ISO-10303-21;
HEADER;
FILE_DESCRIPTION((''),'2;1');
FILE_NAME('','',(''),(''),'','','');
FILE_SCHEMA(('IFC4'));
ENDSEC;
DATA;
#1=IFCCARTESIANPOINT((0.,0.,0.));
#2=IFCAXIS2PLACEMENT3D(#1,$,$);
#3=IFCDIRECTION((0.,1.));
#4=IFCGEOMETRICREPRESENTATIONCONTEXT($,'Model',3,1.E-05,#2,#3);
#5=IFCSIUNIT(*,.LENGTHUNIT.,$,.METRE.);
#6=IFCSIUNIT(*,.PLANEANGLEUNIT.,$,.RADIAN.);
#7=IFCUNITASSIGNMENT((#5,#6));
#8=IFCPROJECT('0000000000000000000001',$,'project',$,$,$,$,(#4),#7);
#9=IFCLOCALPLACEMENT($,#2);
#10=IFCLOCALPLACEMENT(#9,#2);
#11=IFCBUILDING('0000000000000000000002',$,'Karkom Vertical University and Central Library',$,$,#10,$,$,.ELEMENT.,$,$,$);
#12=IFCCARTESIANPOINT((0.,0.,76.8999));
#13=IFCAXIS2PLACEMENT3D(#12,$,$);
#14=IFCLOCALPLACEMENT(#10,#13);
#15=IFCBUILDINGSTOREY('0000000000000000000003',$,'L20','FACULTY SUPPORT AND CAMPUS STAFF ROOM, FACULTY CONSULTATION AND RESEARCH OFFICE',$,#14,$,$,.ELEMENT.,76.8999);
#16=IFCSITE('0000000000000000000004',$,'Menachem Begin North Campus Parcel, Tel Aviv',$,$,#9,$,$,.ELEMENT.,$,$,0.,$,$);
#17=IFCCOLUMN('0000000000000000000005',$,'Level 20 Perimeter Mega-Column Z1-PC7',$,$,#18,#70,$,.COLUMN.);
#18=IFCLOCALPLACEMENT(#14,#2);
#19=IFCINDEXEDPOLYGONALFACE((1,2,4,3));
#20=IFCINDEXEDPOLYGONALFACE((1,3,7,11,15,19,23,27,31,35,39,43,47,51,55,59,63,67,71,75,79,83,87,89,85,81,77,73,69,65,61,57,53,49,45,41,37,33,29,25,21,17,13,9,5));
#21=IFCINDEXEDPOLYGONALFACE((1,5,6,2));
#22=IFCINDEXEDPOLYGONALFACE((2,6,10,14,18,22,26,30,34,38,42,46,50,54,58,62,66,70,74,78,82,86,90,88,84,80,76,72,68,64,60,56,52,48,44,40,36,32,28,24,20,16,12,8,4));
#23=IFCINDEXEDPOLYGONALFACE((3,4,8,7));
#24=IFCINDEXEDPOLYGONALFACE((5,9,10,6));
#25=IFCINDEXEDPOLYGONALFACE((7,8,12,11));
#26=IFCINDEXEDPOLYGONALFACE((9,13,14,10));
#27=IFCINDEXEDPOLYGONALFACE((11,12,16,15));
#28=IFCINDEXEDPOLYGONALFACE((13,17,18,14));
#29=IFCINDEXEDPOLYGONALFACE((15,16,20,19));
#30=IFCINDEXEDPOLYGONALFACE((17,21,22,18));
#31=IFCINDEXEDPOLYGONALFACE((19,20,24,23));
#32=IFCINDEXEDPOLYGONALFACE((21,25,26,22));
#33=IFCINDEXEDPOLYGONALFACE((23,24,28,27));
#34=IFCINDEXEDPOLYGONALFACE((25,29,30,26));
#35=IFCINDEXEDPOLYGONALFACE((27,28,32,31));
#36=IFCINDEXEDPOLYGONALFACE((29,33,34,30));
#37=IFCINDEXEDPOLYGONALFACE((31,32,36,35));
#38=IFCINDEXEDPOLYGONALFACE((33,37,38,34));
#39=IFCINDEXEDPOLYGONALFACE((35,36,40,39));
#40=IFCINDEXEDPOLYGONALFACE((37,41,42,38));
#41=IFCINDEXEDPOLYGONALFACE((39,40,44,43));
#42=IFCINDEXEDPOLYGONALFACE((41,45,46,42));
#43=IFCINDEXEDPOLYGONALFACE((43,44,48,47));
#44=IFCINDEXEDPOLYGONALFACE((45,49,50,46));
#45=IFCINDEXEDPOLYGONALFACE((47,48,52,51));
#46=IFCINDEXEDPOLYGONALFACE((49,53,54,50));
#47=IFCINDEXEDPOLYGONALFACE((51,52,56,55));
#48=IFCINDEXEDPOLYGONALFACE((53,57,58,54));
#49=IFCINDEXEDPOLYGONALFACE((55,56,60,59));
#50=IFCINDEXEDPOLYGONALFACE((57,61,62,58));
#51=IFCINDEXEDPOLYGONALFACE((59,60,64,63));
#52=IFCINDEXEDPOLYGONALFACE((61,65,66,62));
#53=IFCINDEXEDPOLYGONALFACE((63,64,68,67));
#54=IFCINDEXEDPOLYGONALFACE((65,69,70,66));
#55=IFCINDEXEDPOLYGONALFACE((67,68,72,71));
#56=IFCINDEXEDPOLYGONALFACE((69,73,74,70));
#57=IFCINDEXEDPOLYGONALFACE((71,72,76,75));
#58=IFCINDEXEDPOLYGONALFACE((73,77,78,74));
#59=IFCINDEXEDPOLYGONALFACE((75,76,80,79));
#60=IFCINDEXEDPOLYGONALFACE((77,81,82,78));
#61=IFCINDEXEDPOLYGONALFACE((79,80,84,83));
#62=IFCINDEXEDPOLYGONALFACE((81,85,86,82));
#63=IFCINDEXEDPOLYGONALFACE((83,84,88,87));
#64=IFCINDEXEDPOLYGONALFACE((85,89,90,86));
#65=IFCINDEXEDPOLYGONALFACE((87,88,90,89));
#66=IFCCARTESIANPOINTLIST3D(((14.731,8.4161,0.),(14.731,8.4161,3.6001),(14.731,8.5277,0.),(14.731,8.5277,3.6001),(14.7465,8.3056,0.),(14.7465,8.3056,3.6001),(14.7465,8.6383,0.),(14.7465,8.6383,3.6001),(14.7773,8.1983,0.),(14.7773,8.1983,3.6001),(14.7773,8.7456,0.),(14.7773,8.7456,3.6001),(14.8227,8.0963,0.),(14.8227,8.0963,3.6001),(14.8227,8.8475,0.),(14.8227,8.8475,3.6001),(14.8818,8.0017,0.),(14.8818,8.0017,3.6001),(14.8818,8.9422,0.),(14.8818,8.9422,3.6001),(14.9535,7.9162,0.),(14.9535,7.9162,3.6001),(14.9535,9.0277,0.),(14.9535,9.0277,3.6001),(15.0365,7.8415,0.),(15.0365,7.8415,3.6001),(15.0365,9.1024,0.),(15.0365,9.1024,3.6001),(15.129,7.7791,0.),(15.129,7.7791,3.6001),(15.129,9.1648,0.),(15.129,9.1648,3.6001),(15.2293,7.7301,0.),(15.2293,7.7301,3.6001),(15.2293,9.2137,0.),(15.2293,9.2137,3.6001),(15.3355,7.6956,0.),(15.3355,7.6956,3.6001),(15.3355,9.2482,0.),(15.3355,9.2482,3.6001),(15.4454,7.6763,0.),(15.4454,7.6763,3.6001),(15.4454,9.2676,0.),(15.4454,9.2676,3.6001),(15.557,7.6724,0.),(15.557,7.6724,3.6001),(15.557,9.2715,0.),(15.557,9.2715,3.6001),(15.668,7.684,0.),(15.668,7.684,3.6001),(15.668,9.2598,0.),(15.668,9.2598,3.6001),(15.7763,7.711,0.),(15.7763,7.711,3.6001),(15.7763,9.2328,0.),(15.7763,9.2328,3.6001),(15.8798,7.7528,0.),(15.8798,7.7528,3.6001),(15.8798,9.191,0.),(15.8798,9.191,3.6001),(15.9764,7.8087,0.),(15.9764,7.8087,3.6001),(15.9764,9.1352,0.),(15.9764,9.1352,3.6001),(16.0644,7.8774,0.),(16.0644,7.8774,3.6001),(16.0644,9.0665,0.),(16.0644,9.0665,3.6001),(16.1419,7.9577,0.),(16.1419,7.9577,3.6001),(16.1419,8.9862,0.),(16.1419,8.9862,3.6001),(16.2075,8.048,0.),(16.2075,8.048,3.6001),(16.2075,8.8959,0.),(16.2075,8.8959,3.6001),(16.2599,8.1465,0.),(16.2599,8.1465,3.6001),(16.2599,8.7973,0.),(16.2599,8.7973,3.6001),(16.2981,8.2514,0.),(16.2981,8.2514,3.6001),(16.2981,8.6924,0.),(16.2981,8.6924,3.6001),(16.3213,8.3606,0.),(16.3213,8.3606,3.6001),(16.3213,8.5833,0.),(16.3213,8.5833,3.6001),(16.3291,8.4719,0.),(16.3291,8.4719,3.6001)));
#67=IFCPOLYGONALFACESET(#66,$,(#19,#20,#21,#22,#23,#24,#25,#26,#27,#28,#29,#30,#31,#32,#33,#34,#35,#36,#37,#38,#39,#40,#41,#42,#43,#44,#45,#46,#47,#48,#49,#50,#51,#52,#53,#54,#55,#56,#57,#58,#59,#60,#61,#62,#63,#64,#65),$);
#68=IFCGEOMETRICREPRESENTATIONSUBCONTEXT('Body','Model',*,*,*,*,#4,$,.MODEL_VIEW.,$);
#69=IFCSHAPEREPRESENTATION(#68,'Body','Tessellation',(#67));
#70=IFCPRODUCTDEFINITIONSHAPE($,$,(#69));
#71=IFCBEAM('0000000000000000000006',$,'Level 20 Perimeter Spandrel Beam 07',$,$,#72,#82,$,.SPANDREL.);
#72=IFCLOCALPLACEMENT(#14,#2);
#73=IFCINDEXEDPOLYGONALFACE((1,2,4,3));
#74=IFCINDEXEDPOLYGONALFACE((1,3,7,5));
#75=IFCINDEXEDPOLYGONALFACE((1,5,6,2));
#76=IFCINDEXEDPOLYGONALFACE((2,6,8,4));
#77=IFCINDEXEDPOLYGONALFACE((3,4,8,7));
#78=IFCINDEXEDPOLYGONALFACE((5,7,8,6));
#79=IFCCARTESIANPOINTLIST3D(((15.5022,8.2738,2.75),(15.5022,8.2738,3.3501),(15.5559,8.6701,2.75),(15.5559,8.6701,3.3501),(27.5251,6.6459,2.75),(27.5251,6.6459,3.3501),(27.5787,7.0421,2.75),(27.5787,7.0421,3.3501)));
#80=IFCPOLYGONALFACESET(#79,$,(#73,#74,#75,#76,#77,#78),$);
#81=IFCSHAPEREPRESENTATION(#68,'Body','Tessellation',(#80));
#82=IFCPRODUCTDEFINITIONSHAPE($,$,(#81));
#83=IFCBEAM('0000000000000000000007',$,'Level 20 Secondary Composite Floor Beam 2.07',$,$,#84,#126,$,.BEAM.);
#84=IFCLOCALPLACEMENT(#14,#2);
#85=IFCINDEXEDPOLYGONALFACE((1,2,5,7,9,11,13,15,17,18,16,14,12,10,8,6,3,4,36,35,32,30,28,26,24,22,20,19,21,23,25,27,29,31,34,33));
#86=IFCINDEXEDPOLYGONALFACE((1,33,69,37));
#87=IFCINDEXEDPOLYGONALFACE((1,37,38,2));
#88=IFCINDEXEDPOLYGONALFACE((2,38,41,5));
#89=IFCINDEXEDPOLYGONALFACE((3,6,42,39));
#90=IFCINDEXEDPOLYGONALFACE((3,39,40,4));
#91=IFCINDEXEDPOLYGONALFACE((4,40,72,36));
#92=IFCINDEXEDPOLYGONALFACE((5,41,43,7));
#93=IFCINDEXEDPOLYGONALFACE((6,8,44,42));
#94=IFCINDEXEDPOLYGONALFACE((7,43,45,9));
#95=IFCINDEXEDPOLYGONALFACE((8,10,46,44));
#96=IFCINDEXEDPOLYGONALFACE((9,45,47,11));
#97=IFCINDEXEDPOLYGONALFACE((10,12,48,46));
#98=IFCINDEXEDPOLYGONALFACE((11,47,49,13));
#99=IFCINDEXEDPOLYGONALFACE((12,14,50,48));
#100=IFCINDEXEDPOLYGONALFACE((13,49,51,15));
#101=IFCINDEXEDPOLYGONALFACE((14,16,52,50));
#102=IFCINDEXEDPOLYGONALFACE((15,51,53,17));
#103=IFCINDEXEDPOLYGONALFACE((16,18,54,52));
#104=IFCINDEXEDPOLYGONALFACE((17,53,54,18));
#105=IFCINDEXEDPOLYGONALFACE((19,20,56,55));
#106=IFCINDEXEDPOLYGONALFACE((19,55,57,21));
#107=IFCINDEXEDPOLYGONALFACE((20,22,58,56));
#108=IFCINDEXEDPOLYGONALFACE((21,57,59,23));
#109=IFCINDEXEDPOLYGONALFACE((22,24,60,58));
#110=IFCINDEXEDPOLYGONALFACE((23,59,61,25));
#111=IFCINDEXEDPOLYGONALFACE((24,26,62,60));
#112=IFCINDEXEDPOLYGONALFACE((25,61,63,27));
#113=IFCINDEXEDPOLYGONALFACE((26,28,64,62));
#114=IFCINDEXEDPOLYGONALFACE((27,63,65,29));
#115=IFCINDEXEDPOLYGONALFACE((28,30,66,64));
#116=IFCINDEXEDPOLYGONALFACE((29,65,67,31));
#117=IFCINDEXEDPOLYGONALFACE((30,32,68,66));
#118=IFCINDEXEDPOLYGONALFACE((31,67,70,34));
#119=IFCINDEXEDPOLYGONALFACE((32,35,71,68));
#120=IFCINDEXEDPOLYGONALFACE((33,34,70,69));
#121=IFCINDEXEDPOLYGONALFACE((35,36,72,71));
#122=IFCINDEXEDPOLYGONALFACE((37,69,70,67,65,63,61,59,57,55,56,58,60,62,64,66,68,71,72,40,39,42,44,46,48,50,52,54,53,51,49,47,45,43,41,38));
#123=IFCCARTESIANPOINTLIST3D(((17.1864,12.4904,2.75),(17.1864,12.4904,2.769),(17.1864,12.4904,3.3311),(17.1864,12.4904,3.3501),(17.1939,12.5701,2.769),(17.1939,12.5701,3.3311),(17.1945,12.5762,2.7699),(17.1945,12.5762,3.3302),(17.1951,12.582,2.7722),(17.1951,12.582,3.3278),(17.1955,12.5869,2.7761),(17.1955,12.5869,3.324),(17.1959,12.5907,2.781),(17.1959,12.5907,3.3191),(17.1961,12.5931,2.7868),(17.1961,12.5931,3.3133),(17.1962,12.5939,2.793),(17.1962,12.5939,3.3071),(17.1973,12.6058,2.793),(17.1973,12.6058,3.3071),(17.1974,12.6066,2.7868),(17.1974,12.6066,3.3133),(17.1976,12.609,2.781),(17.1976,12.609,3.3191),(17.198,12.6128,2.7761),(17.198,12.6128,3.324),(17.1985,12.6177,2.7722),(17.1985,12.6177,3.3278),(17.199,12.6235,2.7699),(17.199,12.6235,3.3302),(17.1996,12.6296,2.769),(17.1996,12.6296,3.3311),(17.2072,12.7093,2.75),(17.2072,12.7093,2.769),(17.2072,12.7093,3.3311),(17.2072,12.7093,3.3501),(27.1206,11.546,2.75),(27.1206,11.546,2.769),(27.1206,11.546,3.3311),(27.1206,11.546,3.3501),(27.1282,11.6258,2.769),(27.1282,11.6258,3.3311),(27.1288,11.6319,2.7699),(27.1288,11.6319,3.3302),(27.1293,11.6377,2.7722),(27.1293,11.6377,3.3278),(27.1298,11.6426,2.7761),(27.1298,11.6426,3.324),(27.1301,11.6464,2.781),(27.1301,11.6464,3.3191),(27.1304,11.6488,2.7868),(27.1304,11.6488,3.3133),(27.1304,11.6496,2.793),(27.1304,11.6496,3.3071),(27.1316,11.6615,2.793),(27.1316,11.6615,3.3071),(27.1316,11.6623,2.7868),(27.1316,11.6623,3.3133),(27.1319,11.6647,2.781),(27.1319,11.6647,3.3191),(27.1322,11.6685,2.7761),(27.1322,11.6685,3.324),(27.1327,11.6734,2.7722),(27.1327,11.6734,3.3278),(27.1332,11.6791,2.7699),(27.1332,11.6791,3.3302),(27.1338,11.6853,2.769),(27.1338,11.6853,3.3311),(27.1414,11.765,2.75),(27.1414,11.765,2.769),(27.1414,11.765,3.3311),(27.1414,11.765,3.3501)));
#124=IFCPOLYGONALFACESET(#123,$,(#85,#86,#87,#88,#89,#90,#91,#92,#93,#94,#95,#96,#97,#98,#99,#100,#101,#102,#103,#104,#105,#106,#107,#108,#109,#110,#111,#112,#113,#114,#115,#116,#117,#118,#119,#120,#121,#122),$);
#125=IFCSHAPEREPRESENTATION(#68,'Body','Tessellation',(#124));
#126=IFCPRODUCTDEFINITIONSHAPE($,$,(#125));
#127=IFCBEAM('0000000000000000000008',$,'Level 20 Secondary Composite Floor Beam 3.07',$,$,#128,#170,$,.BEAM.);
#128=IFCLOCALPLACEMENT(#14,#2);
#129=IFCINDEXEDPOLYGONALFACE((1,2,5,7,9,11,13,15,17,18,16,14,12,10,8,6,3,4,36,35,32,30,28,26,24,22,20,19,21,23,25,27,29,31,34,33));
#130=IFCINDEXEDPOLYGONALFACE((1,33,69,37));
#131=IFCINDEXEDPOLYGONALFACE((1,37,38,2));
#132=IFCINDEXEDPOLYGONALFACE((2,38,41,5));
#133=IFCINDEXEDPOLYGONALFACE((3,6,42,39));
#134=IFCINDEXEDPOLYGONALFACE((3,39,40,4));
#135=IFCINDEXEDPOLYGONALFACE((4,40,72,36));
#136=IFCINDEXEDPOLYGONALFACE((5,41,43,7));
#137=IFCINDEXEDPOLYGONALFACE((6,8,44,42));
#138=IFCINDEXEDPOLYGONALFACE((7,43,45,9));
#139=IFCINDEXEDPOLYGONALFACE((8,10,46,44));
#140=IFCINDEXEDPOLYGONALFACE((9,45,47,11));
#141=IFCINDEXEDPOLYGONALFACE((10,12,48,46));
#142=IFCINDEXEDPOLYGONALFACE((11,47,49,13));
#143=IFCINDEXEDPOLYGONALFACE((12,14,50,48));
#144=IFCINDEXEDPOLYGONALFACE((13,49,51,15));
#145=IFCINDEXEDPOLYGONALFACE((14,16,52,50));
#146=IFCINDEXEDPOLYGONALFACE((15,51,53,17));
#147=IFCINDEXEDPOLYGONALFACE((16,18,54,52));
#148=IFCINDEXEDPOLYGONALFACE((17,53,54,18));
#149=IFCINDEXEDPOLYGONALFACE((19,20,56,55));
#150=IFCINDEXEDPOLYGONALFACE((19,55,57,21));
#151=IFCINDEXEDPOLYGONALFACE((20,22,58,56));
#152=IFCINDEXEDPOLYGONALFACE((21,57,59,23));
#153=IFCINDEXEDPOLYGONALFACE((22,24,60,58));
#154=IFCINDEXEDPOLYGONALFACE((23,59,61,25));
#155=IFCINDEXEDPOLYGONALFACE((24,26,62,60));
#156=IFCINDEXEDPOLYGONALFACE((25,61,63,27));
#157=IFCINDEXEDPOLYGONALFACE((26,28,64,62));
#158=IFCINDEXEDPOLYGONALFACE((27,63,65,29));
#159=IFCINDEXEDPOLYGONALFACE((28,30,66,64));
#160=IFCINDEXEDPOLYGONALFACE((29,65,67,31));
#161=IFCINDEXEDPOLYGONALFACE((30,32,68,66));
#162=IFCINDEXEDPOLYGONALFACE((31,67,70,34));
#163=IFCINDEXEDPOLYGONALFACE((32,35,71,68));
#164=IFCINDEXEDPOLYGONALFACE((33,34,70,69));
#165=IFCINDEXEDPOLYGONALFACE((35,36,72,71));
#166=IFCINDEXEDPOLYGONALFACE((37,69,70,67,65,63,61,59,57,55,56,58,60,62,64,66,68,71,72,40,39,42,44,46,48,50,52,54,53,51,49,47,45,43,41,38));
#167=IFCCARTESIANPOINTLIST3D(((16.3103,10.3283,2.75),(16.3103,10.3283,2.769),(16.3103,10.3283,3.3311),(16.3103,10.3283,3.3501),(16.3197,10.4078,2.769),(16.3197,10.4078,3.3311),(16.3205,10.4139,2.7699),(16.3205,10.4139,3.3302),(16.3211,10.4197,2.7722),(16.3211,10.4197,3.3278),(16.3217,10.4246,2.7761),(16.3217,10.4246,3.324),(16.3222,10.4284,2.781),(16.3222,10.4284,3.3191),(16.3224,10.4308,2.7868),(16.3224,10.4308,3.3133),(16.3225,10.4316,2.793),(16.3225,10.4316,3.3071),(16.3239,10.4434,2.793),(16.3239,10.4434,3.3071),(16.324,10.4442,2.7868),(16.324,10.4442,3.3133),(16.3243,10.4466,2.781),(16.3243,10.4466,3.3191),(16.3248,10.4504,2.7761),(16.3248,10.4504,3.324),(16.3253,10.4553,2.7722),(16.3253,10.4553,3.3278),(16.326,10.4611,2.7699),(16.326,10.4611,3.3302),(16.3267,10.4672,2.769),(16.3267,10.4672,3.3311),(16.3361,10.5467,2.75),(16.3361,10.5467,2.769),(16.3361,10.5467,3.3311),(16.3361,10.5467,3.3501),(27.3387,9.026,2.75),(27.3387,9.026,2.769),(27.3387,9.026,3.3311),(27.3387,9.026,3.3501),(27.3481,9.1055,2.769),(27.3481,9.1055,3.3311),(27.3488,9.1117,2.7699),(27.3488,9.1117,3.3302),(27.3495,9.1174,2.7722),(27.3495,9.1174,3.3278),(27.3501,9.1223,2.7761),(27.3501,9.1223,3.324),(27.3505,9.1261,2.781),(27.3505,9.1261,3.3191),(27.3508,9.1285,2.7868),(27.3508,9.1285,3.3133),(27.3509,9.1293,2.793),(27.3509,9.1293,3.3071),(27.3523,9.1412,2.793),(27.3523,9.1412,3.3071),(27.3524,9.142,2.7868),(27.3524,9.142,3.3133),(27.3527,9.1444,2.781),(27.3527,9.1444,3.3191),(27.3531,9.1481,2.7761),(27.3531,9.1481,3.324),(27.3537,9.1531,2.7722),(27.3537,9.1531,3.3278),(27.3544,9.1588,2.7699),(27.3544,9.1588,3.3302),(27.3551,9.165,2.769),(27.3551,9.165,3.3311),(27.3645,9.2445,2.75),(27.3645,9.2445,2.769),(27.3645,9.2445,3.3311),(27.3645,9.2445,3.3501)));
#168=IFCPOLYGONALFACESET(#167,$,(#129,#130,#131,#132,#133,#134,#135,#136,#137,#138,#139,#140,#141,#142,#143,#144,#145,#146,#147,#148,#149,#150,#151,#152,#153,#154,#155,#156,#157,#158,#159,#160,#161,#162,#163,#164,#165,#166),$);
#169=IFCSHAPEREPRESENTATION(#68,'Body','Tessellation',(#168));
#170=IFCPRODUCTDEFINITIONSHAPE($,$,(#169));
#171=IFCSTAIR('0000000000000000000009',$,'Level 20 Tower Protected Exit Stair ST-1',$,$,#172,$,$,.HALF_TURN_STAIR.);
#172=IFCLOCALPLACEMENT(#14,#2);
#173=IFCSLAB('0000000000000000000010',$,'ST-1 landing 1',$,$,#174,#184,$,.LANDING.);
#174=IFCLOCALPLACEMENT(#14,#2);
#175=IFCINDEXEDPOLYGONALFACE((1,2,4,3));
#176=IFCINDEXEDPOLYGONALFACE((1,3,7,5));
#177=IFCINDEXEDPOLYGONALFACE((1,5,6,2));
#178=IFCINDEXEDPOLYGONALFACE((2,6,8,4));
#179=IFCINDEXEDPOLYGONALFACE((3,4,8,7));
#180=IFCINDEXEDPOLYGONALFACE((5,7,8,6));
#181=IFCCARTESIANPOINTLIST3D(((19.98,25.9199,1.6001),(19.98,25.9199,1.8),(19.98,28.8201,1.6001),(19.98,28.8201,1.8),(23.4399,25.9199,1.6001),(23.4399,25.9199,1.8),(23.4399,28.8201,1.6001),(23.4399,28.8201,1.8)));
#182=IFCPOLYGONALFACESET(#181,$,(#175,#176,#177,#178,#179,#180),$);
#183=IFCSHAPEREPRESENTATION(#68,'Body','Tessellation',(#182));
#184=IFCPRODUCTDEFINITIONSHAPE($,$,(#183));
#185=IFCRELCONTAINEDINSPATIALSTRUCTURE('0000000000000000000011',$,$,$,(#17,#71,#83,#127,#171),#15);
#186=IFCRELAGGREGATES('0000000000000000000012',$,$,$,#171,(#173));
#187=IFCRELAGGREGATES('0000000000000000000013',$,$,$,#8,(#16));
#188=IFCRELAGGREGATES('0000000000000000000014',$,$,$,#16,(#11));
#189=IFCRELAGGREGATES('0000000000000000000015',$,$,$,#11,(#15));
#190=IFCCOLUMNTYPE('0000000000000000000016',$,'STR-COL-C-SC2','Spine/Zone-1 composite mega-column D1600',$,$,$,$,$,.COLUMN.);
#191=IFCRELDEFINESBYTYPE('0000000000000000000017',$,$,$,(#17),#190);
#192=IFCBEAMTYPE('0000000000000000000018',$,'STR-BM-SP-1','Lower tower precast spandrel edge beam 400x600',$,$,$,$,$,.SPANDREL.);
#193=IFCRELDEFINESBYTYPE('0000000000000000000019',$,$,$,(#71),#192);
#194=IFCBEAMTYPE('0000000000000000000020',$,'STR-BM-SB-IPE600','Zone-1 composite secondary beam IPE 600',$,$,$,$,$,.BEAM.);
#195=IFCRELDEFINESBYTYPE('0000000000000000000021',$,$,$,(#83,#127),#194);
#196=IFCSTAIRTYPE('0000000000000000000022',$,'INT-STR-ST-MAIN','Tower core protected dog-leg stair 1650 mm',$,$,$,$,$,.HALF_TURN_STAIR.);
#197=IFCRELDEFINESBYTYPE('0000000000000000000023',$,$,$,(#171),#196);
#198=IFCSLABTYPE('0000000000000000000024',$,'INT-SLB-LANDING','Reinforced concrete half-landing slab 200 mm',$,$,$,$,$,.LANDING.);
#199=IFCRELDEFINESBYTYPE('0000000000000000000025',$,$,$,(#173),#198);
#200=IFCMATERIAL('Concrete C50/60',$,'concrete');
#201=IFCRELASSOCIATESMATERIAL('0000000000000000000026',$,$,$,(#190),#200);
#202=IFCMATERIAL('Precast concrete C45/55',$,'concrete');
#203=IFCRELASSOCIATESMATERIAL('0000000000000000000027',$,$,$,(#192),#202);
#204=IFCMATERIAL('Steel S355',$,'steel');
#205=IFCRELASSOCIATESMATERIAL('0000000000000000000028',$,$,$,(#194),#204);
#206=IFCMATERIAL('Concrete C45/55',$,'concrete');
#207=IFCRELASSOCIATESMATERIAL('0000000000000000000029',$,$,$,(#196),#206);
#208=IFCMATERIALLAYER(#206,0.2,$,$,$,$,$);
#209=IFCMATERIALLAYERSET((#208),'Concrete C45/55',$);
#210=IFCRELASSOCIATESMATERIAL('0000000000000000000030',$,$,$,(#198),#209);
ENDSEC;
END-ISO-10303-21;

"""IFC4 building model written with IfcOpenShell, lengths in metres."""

from ifc_helpers import new_model, si_unit, direction, frame, origin, origin_with_axes, origin_2d, place, context, subcontext, project, spatial, polyline, rectangle, circle, i_section, outline, extrude, source, transform, mapped, material, layer, layer_set, material_profile, profile_set, type_object, element, aggregate, save


model = new_model("IFC4")

# Units and contexts
model_context = context("Model", 3, precision=1e-05, world=origin(), true_north=direction((0.0, 1.0)))
body_context = subcontext(model_context, "Body", "Model", "MODEL_VIEW")
ifc_project = project(units=[si_unit("LENGTHUNIT", "METRE"), si_unit("PLANEANGLEUNIT", "RADIAN")], contexts=[model_context])

# Site, building, storey
site_placement = place(None, origin())
site = spatial("IfcSite", under=ifc_project, at=site_placement, Name="Menachem Begin North Campus Parcel, Tel Aviv", CompositionType="ELEMENT", RefElevation=0.0)
building_placement = place(site_placement, origin())
building = spatial("IfcBuilding", under=site, at=building_placement, Name="Karkom Vertical University and Central Library", CompositionType="ELEMENT")
storey_placement = place(building_placement, frame((0.0, 0.0, 76.8999)))
storey = spatial("IfcBuildingStorey", under=building, at=storey_placement, Name="L20", Description="FACULTY SUPPORT AND CAMPUS STAFF ROOM, FACULTY CONSULTATION AND RESEARCH OFFICE", CompositionType="ELEMENT", Elevation=76.8999)

# Column
ifc_material_1 = material(Name="Concrete C50/60", Category="concrete")
ifc_material_profile_1 = material_profile(ifc_material_1, circle(Radius=0.8, at=origin_2d()), Name="CFT-D1600")
ifc_profile_set_1 = profile_set([ifc_material_profile_1], Name="Concrete C50/60")
column_type = type_object("IfcColumnType", Name="STR-COL-C-SC2", Description="Spine/Zone-1 composite mega-column D1600", PredefinedType="COLUMN", material=ifc_profile_set_1)
shared_shape_1 = source(origin_with_axes(), body_context, "Body", "SweptSolid", [
    extrude(circle(Radius=0.8, at=origin_2d()), origin(), (0.0, 0.0, 1.0), 3.6001),
])
column_placement = place(storey_placement, frame((15.5291, 8.4719, 0.0), z_axis=(0.0, 0.0, 1.0), x_axis=(1.0, 0.0, 0.0)))
element("IfcColumn", 1, at=column_placement, inside=storey, type_object=column_type, Name="Level 20 Perimeter Mega-Column Z1-PC7", PredefinedType="COLUMN", context=body_context, shape_type="MappedRepresentation", body=[
    mapped(shared_shape_1, transform((0.0, 0.0, 0.0), scale=1.0)),
])

# Beams
ifc_material_2 = material(Name="Precast concrete C45/55", Category="concrete")
ifc_material_profile_2 = material_profile(ifc_material_2, rectangle(XDim=0.3999, YDim=0.6001, at=origin_2d()), Name="SPB-400x600")
ifc_profile_set_2 = profile_set([ifc_material_profile_2], Name="Precast concrete C45/55")
beam_type_1 = type_object("IfcBeamType", Name="STR-BM-SP-1", Description="Lower tower precast spandrel edge beam 400x600", PredefinedType="SPANDREL", material=ifc_profile_set_2)
shared_shape_2 = source(origin_with_axes(), body_context, "Body", "SweptSolid", [
    extrude(rectangle(XDim=0.3999, YDim=0.6001, at=origin_2d()), origin(), (0.0, 0.0, 1.0), 12.1326),
])
beam_1_placement = place(storey_placement, frame((15.5291, 8.4719, 3.05), z_axis=(0.990957, -0.134177, 0.0), x_axis=(0.134177, 0.990957, 0.0)))
element("IfcBeam", 2, at=beam_1_placement, inside=storey, type_object=beam_type_1, Name="Level 20 Perimeter Spandrel Beam 07", PredefinedType="SPANDREL", context=body_context, shape_type="MappedRepresentation", body=[
    mapped(shared_shape_2, transform((0.0, 0.0, 0.0), scale=1.0)),
])
ifc_material_3 = material(Name="Steel S355", Category="steel")
ifc_material_profile_3 = material_profile(ifc_material_3, i_section(OverallWidth=0.22, OverallDepth=0.6001, WebThickness=0.012, FlangeThickness=0.019, FilletRadius=0.0239, at=origin_2d()), Name="IPE 600")
ifc_profile_set_3 = profile_set([ifc_material_profile_3], Name="Steel S355")
beam_type_2 = type_object("IfcBeamType", Name="STR-BM-SB-IPE600", Description="Zone-1 composite secondary beam IPE 600", PredefinedType="BEAM", material=ifc_profile_set_3)
shared_shape_3 = source(origin_with_axes(), body_context, "Body", "SweptSolid", [
    extrude(i_section(OverallWidth=0.22, OverallDepth=0.6001, WebThickness=0.012, FlangeThickness=0.019, FilletRadius=0.0239, at=origin_2d()), origin(), (0.0, 0.0, 1.0), 9.979),
])
beam_2_placement = place(storey_placement, frame((17.1968, 12.5999, 3.05), z_axis=(0.995512, -0.094631, 0.0), x_axis=(0.094631, 0.995512, 0.0)))
element("IfcBeam", 3, at=beam_2_placement, inside=storey, type_object=beam_type_2, Name="Level 20 Secondary Composite Floor Beam 2.07", PredefinedType="BEAM", context=body_context, shape_type="MappedRepresentation", body=[
    mapped(shared_shape_3, transform((0.0, 0.0, 0.0), scale=1.0)),
])
shared_shape_4 = source(origin_with_axes(), body_context, "Body", "SweptSolid", [
    extrude(i_section(OverallWidth=0.22, OverallDepth=0.6001, WebThickness=0.012, FlangeThickness=0.019, FilletRadius=0.0239, at=origin_2d()), origin(), (0.0, 0.0, 1.0), 11.105),
])
beam_3_placement = place(storey_placement, frame((16.3232, 10.4375, 3.05), z_axis=(0.9931, -0.117267, 0.0), x_axis=(0.117267, 0.9931, 0.0)))
element("IfcBeam", 4, at=beam_3_placement, inside=storey, type_object=beam_type_2, Name="Level 20 Secondary Composite Floor Beam 3.07", PredefinedType="BEAM", context=body_context, shape_type="MappedRepresentation", body=[
    mapped(shared_shape_4, transform((0.0, 0.0, 0.0), scale=1.0)),
])

# Stair, slab
ifc_material_4 = material(Name="Concrete C45/55", Category="concrete")
stair_type_1 = type_object("IfcStairType", Name="INT-STR-ST-MAIN", Description="Tower core protected dog-leg stair 1650 mm", PredefinedType="HALF_TURN_STAIR", material=ifc_material_4)
stair_1_placement = place(storey_placement, origin())
stair_1 = element("IfcStair", 5, at=stair_1_placement, inside=storey, type_object=stair_type_1, Name="Level 20 Tower Protected Exit Stair ST-1", PredefinedType="HALF_TURN_STAIR")
ifc_layer_1 = layer(ifc_material_4, 0.2)
ifc_layer_set_1 = layer_set([ifc_layer_1], Name="Concrete C45/55")
slab_type_1 = type_object("IfcSlabType", Name="INT-SLB-LANDING", Description="Reinforced concrete half-landing slab 200 mm", PredefinedType="LANDING", material=ifc_layer_set_1)
slab_1_placement = place(storey_placement, frame((0.0, 0.0, 1.6001)))
slab_1 = element("IfcSlab", 6, at=slab_1_placement, type_object=slab_type_1, Name="ST-1 landing 1", PredefinedType="LANDING", context=body_context, shape_type="SweptSolid", body=[
    extrude(outline(polyline([(23.4399, 25.9199), (23.4399, 28.8201), (19.98, 28.8201), (19.98, 25.9199), (23.4399, 25.9199)])), origin(), (0.0, 0.0, 1.0), 0.2),
])
aggregate(stair_1, [slab_1])

save(model, "model.ifc")
